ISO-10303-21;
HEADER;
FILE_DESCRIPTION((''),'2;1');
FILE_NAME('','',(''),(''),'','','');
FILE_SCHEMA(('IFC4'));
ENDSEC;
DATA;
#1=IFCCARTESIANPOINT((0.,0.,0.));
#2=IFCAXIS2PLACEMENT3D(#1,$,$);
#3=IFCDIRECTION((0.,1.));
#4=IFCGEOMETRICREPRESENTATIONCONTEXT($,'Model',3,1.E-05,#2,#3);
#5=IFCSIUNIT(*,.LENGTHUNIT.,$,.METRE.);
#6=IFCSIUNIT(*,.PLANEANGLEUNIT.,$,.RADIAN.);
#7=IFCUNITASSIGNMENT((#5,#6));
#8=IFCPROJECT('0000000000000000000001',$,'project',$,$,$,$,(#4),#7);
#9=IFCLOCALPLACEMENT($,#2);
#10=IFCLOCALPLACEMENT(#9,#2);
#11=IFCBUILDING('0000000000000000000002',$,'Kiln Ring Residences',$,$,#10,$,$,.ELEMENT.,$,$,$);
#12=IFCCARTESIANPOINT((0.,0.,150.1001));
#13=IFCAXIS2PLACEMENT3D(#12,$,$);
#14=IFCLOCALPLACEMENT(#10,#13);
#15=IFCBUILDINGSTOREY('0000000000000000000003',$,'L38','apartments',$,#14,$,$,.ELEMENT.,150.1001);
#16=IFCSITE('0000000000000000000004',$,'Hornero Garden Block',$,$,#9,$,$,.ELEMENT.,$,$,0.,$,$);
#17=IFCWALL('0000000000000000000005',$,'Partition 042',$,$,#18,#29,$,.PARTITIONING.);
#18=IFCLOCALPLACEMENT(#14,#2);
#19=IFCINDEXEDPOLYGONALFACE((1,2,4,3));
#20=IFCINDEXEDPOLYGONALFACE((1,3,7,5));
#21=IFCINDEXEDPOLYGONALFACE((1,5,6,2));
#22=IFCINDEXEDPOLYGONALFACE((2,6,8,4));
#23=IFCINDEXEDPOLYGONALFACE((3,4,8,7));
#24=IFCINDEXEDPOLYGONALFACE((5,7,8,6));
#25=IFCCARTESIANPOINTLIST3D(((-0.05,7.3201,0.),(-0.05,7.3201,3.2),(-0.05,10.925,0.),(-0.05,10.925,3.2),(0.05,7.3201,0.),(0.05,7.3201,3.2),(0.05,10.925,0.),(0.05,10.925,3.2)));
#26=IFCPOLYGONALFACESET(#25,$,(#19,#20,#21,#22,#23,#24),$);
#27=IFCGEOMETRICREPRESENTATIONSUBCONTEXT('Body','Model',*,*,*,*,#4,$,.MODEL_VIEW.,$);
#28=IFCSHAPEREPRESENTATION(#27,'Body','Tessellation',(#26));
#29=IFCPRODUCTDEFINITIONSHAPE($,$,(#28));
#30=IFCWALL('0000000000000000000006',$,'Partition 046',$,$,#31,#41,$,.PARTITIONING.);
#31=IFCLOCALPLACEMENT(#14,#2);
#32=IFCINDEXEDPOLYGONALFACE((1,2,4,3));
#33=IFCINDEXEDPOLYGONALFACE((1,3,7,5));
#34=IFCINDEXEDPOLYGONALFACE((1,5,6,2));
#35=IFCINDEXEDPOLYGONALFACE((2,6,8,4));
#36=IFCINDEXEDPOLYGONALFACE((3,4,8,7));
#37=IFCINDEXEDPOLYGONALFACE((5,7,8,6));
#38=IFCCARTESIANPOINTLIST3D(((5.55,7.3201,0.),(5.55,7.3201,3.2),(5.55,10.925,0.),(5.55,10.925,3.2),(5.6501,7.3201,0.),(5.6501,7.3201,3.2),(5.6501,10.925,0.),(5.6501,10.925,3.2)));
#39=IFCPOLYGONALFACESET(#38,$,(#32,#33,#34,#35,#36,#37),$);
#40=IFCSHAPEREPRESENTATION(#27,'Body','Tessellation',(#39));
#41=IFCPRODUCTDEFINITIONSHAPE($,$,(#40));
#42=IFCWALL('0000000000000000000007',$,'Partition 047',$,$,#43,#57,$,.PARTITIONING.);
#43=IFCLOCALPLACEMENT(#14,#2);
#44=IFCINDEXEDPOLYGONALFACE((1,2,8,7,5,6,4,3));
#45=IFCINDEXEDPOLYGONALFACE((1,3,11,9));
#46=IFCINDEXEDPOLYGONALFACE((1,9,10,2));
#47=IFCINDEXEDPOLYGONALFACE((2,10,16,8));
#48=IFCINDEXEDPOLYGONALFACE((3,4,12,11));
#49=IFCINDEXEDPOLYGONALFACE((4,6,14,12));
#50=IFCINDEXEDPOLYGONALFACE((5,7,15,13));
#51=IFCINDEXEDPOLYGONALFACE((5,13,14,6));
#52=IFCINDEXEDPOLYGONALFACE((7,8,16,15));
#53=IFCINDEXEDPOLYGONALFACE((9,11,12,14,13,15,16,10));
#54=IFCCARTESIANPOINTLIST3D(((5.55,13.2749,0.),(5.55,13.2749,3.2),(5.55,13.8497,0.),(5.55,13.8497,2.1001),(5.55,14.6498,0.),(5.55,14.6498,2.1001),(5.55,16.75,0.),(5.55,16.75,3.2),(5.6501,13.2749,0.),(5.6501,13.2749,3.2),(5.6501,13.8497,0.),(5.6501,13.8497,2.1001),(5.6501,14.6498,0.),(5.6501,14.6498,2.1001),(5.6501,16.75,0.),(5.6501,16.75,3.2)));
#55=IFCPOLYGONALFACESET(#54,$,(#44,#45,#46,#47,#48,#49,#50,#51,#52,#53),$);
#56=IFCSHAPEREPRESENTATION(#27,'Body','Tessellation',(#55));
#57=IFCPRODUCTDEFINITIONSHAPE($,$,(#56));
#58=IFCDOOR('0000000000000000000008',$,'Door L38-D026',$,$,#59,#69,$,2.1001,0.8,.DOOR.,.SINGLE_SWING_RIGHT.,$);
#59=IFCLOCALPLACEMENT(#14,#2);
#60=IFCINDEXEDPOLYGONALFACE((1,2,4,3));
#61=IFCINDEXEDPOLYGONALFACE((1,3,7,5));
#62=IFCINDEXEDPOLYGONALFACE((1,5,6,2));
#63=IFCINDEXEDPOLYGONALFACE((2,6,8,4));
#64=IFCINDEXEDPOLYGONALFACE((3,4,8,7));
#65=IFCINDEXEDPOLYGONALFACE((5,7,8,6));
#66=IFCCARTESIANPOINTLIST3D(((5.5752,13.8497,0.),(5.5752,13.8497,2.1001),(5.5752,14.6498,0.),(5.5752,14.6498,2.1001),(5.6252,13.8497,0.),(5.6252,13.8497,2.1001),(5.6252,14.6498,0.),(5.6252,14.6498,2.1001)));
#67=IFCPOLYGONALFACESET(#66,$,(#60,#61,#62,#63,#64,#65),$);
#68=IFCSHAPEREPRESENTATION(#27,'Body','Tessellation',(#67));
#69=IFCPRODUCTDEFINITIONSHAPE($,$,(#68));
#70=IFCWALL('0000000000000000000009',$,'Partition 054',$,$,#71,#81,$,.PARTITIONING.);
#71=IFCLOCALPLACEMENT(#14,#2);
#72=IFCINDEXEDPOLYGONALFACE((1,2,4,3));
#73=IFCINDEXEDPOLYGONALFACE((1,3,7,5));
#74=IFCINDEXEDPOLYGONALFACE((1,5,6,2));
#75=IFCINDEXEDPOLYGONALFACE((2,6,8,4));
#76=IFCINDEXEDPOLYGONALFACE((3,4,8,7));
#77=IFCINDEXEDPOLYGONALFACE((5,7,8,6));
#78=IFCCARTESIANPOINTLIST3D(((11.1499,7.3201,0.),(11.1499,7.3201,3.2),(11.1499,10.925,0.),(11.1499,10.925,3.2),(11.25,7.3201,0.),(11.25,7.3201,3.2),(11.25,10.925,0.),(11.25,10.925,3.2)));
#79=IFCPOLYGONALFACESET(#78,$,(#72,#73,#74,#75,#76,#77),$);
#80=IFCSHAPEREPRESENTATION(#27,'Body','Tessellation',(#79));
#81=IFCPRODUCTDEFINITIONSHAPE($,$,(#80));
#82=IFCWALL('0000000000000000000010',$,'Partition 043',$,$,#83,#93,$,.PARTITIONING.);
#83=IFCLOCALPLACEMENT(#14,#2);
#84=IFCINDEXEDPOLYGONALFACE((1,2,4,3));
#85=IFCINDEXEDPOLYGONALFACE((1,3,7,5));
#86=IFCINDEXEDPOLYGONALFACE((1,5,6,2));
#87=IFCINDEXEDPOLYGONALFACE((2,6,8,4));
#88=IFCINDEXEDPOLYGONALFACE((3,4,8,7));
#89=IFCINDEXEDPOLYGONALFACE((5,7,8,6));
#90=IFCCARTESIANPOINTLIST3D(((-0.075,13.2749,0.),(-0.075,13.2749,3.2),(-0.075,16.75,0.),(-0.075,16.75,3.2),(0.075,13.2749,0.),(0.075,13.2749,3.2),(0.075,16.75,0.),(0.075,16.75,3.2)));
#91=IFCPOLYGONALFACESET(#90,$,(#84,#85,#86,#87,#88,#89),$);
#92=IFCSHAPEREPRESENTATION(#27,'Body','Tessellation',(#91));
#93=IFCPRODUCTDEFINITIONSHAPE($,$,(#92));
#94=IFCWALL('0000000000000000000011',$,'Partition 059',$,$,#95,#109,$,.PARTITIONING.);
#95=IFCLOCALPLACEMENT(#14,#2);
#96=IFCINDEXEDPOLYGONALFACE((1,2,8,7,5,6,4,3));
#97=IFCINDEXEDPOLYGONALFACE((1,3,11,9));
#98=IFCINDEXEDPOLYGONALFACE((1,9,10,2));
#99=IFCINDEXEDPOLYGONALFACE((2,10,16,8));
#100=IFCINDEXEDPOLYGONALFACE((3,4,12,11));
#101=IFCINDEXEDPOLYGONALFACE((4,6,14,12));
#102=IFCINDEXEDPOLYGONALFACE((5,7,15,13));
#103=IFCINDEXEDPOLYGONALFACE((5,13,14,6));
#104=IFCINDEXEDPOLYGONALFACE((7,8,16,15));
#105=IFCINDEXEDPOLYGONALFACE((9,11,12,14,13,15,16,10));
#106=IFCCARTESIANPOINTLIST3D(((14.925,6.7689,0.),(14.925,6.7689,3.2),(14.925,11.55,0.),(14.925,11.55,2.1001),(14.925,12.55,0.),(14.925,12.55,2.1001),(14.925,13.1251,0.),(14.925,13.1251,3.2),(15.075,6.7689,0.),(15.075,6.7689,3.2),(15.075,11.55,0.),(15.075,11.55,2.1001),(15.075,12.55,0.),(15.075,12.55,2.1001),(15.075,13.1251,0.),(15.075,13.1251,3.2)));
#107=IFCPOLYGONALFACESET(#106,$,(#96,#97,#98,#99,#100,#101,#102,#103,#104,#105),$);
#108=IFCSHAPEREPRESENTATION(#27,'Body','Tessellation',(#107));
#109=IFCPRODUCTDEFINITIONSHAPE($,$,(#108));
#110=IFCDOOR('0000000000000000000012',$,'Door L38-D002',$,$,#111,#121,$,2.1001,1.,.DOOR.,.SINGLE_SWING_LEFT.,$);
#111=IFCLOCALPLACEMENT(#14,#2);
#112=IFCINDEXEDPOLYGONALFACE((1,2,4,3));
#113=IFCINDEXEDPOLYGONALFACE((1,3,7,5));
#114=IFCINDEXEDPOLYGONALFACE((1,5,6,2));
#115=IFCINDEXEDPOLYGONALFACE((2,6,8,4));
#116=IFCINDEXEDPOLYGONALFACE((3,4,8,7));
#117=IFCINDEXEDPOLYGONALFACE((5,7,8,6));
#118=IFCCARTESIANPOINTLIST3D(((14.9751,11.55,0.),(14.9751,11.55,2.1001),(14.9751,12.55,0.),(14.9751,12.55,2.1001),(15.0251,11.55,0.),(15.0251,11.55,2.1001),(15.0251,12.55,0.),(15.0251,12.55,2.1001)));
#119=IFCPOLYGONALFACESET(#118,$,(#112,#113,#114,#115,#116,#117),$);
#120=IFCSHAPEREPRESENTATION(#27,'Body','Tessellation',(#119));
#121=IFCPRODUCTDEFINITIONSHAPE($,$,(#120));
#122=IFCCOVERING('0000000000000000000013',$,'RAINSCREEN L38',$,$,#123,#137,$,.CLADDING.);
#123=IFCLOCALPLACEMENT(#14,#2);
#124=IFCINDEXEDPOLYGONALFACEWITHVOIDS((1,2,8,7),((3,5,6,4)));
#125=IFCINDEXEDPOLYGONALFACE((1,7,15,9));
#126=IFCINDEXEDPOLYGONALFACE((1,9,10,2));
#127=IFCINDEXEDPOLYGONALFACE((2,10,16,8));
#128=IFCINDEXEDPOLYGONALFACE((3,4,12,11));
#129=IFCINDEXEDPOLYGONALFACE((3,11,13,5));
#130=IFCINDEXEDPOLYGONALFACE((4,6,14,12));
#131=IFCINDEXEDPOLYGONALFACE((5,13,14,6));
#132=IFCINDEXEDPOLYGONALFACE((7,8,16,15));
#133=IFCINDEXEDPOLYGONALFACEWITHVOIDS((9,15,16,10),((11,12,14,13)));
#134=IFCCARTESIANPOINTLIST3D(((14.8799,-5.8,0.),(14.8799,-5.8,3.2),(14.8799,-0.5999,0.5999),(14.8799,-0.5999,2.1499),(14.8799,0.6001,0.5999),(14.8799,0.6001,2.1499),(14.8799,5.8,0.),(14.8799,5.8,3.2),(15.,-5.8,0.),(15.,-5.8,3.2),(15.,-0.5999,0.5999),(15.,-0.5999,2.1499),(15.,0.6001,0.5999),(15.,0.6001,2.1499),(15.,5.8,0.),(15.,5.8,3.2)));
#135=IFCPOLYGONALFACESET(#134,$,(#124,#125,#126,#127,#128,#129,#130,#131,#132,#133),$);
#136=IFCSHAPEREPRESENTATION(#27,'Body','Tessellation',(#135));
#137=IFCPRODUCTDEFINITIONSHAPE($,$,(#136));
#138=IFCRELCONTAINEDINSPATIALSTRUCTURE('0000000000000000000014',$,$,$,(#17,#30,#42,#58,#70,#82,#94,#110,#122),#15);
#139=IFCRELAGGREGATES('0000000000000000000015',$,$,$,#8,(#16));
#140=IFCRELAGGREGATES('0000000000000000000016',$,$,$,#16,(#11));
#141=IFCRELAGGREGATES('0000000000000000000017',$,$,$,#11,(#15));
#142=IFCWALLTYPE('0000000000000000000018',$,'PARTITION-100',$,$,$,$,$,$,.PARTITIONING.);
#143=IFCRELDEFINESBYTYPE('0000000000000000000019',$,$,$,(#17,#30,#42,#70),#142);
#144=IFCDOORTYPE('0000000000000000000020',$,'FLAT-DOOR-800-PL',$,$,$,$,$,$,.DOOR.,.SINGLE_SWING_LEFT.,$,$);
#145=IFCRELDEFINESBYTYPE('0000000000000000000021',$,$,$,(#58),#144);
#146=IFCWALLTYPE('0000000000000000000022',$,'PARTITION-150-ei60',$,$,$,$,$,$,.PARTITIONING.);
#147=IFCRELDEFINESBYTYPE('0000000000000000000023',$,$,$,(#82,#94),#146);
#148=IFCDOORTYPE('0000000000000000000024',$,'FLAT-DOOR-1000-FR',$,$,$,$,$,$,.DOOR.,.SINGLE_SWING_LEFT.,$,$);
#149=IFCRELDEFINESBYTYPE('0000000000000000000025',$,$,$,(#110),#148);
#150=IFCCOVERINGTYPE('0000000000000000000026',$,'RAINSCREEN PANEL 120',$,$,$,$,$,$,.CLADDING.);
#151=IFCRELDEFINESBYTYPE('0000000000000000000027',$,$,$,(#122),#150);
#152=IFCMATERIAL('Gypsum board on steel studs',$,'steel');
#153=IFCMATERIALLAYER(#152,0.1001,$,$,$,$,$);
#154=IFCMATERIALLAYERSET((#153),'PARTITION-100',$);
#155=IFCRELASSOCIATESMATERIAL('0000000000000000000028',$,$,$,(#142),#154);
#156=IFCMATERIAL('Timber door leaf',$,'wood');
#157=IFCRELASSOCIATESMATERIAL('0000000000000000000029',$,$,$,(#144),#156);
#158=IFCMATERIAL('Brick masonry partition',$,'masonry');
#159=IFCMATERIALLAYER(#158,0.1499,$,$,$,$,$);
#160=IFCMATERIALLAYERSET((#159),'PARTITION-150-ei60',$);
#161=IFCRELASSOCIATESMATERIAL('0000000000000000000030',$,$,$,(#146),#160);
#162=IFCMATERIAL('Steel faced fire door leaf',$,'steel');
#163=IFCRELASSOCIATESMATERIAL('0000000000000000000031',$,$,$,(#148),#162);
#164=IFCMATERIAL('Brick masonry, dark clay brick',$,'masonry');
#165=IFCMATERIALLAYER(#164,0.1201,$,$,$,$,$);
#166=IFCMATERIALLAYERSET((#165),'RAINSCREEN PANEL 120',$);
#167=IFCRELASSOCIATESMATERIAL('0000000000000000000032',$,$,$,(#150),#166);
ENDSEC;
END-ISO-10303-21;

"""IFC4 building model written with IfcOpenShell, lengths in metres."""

from ifc_helpers import new_model, si_unit, direction, frame, frame_2d, origin, place, context, subcontext, project, spatial, polyline, rectangle, outline, extrude, material, layer, layer_set, type_object, element, fill, save


model = new_model("IFC4")

# Units and contexts
model_context = context("Model", 3, precision=1e-05, world=origin(), true_north=direction((0.0, 1.0)))
body_context = subcontext(model_context, "Body", "Model", "MODEL_VIEW")
ifc_project = project(units=[si_unit("LENGTHUNIT", "METRE"), si_unit("PLANEANGLEUNIT", "RADIAN")], contexts=[model_context])

# Site, building, storey
site_placement = place(None, origin())
site = spatial("IfcSite", under=ifc_project, at=site_placement, Name="Hornero Garden Block", CompositionType="ELEMENT", RefElevation=0.0)
building_placement = place(site_placement, origin())
building = spatial("IfcBuilding", under=site, at=building_placement, Name="Kiln Ring Residences", CompositionType="ELEMENT")
storey_placement = place(building_placement, frame((0.0, 0.0, 150.1001)))
storey = spatial("IfcBuildingStorey", under=building, at=storey_placement, Name="L38", Description="apartments", CompositionType="ELEMENT", Elevation=150.1001)

# Walls
ifc_material_1 = material(Name="Gypsum board on steel studs", Category="steel")
ifc_layer_1 = layer(ifc_material_1, 0.1001)
ifc_layer_set_1 = layer_set([ifc_layer_1], Name="PARTITION-100")
wall_type_1 = type_object("IfcWallType", Name="PARTITION-100", PredefinedType="PARTITIONING", material=ifc_layer_set_1)
for number, where, z_axis, x_axis, name in (
    (1, (0.0, 7.3201, 0.0), (0.0, 0.0, 1.0), (0.0, 1.0, 0.0), "Partition 042"),
    (2, (5.6001, 7.3201, 0.0), (0.0, 0.0, 1.0), (0.0, 1.0, 0.0), "Partition 046"),
):
    element("IfcWall", number, at=place(storey_placement, frame(where, z_axis=z_axis, x_axis=x_axis)), inside=storey, type_object=wall_type_1, Name=name, PredefinedType="PARTITIONING", context=body_context, shape_type="SweptSolid", body=[
        extrude(rectangle(XDim=3.605, YDim=0.1001, at=frame_2d((1.8025, 0.0))), origin(), (0.0, 0.0, 1.0), 3.2),
    ])

# Wall, opening, door
wall_1_placement = place(storey_placement, frame((5.6001, 13.2749, 0.0), z_axis=(0.0, 0.0, 1.0), x_axis=(0.0, 1.0, 0.0)))
wall_1 = element("IfcWall", 3, at=wall_1_placement, inside=storey, type_object=wall_type_1, Name="Partition 047", PredefinedType="PARTITIONING", context=body_context, shape_type="SweptSolid", body=[
    extrude(rectangle(XDim=3.4751, YDim=0.1001, at=frame_2d((1.7375, 0.0))), origin(), (0.0, 0.0, 1.0), 3.2),
])
opening_1_placement = place(wall_1_placement, frame((0.575, 0.0, 0.0)))
opening_1 = element("IfcOpeningElement", 4, at=opening_1_placement, cuts=wall_1, PredefinedType="OPENING", context=body_context, shape_type="SweptSolid", body=[
    extrude(rectangle(XDim=0.8, YDim=2.1001, at=frame_2d((0.3999, 1.05))), frame((0.0, 0.0601, 0.0), z_axis=(0.0, -1.0, 0.0), x_axis=(1.0, 0.0, 0.0)), (0.0, 0.0, 1.0), 0.1201),
])
ifc_material_2 = material(Name="Timber door leaf", Category="wood")
door_type_1 = type_object("IfcDoorType", Name="FLAT-DOOR-800-PL", OperationType="SINGLE_SWING_LEFT", PredefinedType="DOOR", material=ifc_material_2)
door_1_placement = place(opening_1_placement, origin())
door_1 = element("IfcDoor", 5, at=door_1_placement, inside=storey, type_object=door_type_1, Name="Door L38-D026", OperationType="SINGLE_SWING_RIGHT", OverallHeight=2.1001, OverallWidth=0.8, PredefinedType="DOOR", context=body_context, shape_type="SweptSolid", body=[
    extrude(rectangle(XDim=0.8, YDim=2.1001, at=frame_2d((0.3999, 1.05))), frame((0.0, 0.0249, 0.0), z_axis=(0.0, -1.0, 0.0), x_axis=(1.0, 0.0, 0.0)), (0.0, 0.0, 1.0), 0.05),
])
fill(opening_1, door_1)

# Walls
wall_2_placement = place(storey_placement, frame((11.2, 7.3201, 0.0), z_axis=(0.0, 0.0, 1.0), x_axis=(0.0, 1.0, 0.0)))
element("IfcWall", 6, at=wall_2_placement, inside=storey, type_object=wall_type_1, Name="Partition 054", PredefinedType="PARTITIONING", context=body_context, shape_type="SweptSolid", body=[
    extrude(rectangle(XDim=3.605, YDim=0.1001, at=frame_2d((1.8025, 0.0))), origin(), (0.0, 0.0, 1.0), 3.2),
])
ifc_material_3 = material(Name="Brick masonry partition", Category="masonry")
ifc_layer_2 = layer(ifc_material_3, 0.1499)
ifc_layer_set_2 = layer_set([ifc_layer_2], Name="PARTITION-150-ei60")
wall_type_2 = type_object("IfcWallType", Name="PARTITION-150-ei60", PredefinedType="PARTITIONING", material=ifc_layer_set_2)
wall_3_placement = place(storey_placement, frame((0.0, 13.2749, 0.0), z_axis=(0.0, 0.0, 1.0), x_axis=(0.0, 1.0, 0.0)))
element("IfcWall", 7, at=wall_3_placement, inside=storey, type_object=wall_type_2, Name="Partition 043", PredefinedType="PARTITIONING", context=body_context, shape_type="SweptSolid", body=[
    extrude(rectangle(XDim=3.4751, YDim=0.1499, at=frame_2d((1.7375, 0.0))), origin(), (0.0, 0.0, 1.0), 3.2),
])

# Wall, opening, door
wall_4_placement = place(storey_placement, frame((15.0, 6.7688, 0.0), z_axis=(0.0, 0.0, 1.0), x_axis=(0.0, 1.0, 0.0)))
wall_4 = element("IfcWall", 8, at=wall_4_placement, inside=storey, type_object=wall_type_2, Name="Partition 059", PredefinedType="PARTITIONING", context=body_context, shape_type="SweptSolid", body=[
    extrude(rectangle(XDim=6.3562, YDim=0.1499, at=frame_2d((3.1782, 0.0))), origin(), (0.0, 0.0, 1.0), 3.2),
])
opening_2_placement = place(wall_4_placement, frame((4.7812, 0.0, 0.0)))
opening_2 = element("IfcOpeningElement", 9, at=opening_2_placement, cuts=wall_4, PredefinedType="OPENING", context=body_context, shape_type="SweptSolid", body=[
    extrude(rectangle(XDim=1.0, YDim=2.1001, at=frame_2d((0.5, 1.05))), frame((0.0, 0.085, 0.0), z_axis=(0.0, -1.0, 0.0), x_axis=(1.0, 0.0, 0.0)), (0.0, 0.0, 1.0), 0.1699),
])
ifc_material_4 = material(Name="Steel faced fire door leaf", Category="steel")
door_type_2 = type_object("IfcDoorType", Name="FLAT-DOOR-1000-FR", OperationType="SINGLE_SWING_LEFT", PredefinedType="DOOR", material=ifc_material_4)
door_2_placement = place(opening_2_placement, origin())
door_2 = element("IfcDoor", 10, at=door_2_placement, inside=storey, type_object=door_type_2, Name="Door L38-D002", OperationType="SINGLE_SWING_LEFT", OverallHeight=2.1001, OverallWidth=1.0, PredefinedType="DOOR", context=body_context, shape_type="SweptSolid", body=[
    extrude(rectangle(XDim=1.0, YDim=2.1001, at=frame_2d((0.5, 1.05))), frame((0.0, 0.0249, 0.0), z_axis=(0.0, -1.0, 0.0), x_axis=(1.0, 0.0, 0.0)), (0.0, 0.0, 1.0), 0.05),
])
fill(opening_2, door_2)

# Covering
ifc_material_5 = material(Name="Brick masonry, dark clay brick", Category="masonry")
ifc_layer_3 = layer(ifc_material_5, 0.1201)
ifc_layer_set_3 = layer_set([ifc_layer_3], Name="RAINSCREEN PANEL 120")
covering_type = type_object("IfcCoveringType", Name="RAINSCREEN PANEL 120", PredefinedType="CLADDING", material=ifc_layer_set_3)
covering_placement = place(storey_placement, frame((14.9399, 5.8, 0.0), z_axis=(0.0, 0.0, 1.0), x_axis=(0.0, -1.0, 0.0)))
element("IfcCovering", 11, at=covering_placement, inside=storey, type_object=covering_type, Name="RAINSCREEN L38", PredefinedType="CLADDING", context=body_context, shape_type="SweptSolid", body=[
    extrude(outline(polyline([(0.0, 0.0), (11.6001, 0.0), (11.6001, 3.2), (0.0, 3.2), (0.0, 0.0)]), holes=[polyline([(5.2, 2.1499), (5.2, 0.5999), (6.3999, 0.5999), (6.3999, 2.1499), (5.2, 2.1499)])]), frame((0.0, 0.0601, 0.0), z_axis=(0.0, -1.0, 0.0), x_axis=(1.0, 0.0, 0.0)), (0.0, 0.0, 1.0), 0.1201),
])

save(model, "model.ifc")
